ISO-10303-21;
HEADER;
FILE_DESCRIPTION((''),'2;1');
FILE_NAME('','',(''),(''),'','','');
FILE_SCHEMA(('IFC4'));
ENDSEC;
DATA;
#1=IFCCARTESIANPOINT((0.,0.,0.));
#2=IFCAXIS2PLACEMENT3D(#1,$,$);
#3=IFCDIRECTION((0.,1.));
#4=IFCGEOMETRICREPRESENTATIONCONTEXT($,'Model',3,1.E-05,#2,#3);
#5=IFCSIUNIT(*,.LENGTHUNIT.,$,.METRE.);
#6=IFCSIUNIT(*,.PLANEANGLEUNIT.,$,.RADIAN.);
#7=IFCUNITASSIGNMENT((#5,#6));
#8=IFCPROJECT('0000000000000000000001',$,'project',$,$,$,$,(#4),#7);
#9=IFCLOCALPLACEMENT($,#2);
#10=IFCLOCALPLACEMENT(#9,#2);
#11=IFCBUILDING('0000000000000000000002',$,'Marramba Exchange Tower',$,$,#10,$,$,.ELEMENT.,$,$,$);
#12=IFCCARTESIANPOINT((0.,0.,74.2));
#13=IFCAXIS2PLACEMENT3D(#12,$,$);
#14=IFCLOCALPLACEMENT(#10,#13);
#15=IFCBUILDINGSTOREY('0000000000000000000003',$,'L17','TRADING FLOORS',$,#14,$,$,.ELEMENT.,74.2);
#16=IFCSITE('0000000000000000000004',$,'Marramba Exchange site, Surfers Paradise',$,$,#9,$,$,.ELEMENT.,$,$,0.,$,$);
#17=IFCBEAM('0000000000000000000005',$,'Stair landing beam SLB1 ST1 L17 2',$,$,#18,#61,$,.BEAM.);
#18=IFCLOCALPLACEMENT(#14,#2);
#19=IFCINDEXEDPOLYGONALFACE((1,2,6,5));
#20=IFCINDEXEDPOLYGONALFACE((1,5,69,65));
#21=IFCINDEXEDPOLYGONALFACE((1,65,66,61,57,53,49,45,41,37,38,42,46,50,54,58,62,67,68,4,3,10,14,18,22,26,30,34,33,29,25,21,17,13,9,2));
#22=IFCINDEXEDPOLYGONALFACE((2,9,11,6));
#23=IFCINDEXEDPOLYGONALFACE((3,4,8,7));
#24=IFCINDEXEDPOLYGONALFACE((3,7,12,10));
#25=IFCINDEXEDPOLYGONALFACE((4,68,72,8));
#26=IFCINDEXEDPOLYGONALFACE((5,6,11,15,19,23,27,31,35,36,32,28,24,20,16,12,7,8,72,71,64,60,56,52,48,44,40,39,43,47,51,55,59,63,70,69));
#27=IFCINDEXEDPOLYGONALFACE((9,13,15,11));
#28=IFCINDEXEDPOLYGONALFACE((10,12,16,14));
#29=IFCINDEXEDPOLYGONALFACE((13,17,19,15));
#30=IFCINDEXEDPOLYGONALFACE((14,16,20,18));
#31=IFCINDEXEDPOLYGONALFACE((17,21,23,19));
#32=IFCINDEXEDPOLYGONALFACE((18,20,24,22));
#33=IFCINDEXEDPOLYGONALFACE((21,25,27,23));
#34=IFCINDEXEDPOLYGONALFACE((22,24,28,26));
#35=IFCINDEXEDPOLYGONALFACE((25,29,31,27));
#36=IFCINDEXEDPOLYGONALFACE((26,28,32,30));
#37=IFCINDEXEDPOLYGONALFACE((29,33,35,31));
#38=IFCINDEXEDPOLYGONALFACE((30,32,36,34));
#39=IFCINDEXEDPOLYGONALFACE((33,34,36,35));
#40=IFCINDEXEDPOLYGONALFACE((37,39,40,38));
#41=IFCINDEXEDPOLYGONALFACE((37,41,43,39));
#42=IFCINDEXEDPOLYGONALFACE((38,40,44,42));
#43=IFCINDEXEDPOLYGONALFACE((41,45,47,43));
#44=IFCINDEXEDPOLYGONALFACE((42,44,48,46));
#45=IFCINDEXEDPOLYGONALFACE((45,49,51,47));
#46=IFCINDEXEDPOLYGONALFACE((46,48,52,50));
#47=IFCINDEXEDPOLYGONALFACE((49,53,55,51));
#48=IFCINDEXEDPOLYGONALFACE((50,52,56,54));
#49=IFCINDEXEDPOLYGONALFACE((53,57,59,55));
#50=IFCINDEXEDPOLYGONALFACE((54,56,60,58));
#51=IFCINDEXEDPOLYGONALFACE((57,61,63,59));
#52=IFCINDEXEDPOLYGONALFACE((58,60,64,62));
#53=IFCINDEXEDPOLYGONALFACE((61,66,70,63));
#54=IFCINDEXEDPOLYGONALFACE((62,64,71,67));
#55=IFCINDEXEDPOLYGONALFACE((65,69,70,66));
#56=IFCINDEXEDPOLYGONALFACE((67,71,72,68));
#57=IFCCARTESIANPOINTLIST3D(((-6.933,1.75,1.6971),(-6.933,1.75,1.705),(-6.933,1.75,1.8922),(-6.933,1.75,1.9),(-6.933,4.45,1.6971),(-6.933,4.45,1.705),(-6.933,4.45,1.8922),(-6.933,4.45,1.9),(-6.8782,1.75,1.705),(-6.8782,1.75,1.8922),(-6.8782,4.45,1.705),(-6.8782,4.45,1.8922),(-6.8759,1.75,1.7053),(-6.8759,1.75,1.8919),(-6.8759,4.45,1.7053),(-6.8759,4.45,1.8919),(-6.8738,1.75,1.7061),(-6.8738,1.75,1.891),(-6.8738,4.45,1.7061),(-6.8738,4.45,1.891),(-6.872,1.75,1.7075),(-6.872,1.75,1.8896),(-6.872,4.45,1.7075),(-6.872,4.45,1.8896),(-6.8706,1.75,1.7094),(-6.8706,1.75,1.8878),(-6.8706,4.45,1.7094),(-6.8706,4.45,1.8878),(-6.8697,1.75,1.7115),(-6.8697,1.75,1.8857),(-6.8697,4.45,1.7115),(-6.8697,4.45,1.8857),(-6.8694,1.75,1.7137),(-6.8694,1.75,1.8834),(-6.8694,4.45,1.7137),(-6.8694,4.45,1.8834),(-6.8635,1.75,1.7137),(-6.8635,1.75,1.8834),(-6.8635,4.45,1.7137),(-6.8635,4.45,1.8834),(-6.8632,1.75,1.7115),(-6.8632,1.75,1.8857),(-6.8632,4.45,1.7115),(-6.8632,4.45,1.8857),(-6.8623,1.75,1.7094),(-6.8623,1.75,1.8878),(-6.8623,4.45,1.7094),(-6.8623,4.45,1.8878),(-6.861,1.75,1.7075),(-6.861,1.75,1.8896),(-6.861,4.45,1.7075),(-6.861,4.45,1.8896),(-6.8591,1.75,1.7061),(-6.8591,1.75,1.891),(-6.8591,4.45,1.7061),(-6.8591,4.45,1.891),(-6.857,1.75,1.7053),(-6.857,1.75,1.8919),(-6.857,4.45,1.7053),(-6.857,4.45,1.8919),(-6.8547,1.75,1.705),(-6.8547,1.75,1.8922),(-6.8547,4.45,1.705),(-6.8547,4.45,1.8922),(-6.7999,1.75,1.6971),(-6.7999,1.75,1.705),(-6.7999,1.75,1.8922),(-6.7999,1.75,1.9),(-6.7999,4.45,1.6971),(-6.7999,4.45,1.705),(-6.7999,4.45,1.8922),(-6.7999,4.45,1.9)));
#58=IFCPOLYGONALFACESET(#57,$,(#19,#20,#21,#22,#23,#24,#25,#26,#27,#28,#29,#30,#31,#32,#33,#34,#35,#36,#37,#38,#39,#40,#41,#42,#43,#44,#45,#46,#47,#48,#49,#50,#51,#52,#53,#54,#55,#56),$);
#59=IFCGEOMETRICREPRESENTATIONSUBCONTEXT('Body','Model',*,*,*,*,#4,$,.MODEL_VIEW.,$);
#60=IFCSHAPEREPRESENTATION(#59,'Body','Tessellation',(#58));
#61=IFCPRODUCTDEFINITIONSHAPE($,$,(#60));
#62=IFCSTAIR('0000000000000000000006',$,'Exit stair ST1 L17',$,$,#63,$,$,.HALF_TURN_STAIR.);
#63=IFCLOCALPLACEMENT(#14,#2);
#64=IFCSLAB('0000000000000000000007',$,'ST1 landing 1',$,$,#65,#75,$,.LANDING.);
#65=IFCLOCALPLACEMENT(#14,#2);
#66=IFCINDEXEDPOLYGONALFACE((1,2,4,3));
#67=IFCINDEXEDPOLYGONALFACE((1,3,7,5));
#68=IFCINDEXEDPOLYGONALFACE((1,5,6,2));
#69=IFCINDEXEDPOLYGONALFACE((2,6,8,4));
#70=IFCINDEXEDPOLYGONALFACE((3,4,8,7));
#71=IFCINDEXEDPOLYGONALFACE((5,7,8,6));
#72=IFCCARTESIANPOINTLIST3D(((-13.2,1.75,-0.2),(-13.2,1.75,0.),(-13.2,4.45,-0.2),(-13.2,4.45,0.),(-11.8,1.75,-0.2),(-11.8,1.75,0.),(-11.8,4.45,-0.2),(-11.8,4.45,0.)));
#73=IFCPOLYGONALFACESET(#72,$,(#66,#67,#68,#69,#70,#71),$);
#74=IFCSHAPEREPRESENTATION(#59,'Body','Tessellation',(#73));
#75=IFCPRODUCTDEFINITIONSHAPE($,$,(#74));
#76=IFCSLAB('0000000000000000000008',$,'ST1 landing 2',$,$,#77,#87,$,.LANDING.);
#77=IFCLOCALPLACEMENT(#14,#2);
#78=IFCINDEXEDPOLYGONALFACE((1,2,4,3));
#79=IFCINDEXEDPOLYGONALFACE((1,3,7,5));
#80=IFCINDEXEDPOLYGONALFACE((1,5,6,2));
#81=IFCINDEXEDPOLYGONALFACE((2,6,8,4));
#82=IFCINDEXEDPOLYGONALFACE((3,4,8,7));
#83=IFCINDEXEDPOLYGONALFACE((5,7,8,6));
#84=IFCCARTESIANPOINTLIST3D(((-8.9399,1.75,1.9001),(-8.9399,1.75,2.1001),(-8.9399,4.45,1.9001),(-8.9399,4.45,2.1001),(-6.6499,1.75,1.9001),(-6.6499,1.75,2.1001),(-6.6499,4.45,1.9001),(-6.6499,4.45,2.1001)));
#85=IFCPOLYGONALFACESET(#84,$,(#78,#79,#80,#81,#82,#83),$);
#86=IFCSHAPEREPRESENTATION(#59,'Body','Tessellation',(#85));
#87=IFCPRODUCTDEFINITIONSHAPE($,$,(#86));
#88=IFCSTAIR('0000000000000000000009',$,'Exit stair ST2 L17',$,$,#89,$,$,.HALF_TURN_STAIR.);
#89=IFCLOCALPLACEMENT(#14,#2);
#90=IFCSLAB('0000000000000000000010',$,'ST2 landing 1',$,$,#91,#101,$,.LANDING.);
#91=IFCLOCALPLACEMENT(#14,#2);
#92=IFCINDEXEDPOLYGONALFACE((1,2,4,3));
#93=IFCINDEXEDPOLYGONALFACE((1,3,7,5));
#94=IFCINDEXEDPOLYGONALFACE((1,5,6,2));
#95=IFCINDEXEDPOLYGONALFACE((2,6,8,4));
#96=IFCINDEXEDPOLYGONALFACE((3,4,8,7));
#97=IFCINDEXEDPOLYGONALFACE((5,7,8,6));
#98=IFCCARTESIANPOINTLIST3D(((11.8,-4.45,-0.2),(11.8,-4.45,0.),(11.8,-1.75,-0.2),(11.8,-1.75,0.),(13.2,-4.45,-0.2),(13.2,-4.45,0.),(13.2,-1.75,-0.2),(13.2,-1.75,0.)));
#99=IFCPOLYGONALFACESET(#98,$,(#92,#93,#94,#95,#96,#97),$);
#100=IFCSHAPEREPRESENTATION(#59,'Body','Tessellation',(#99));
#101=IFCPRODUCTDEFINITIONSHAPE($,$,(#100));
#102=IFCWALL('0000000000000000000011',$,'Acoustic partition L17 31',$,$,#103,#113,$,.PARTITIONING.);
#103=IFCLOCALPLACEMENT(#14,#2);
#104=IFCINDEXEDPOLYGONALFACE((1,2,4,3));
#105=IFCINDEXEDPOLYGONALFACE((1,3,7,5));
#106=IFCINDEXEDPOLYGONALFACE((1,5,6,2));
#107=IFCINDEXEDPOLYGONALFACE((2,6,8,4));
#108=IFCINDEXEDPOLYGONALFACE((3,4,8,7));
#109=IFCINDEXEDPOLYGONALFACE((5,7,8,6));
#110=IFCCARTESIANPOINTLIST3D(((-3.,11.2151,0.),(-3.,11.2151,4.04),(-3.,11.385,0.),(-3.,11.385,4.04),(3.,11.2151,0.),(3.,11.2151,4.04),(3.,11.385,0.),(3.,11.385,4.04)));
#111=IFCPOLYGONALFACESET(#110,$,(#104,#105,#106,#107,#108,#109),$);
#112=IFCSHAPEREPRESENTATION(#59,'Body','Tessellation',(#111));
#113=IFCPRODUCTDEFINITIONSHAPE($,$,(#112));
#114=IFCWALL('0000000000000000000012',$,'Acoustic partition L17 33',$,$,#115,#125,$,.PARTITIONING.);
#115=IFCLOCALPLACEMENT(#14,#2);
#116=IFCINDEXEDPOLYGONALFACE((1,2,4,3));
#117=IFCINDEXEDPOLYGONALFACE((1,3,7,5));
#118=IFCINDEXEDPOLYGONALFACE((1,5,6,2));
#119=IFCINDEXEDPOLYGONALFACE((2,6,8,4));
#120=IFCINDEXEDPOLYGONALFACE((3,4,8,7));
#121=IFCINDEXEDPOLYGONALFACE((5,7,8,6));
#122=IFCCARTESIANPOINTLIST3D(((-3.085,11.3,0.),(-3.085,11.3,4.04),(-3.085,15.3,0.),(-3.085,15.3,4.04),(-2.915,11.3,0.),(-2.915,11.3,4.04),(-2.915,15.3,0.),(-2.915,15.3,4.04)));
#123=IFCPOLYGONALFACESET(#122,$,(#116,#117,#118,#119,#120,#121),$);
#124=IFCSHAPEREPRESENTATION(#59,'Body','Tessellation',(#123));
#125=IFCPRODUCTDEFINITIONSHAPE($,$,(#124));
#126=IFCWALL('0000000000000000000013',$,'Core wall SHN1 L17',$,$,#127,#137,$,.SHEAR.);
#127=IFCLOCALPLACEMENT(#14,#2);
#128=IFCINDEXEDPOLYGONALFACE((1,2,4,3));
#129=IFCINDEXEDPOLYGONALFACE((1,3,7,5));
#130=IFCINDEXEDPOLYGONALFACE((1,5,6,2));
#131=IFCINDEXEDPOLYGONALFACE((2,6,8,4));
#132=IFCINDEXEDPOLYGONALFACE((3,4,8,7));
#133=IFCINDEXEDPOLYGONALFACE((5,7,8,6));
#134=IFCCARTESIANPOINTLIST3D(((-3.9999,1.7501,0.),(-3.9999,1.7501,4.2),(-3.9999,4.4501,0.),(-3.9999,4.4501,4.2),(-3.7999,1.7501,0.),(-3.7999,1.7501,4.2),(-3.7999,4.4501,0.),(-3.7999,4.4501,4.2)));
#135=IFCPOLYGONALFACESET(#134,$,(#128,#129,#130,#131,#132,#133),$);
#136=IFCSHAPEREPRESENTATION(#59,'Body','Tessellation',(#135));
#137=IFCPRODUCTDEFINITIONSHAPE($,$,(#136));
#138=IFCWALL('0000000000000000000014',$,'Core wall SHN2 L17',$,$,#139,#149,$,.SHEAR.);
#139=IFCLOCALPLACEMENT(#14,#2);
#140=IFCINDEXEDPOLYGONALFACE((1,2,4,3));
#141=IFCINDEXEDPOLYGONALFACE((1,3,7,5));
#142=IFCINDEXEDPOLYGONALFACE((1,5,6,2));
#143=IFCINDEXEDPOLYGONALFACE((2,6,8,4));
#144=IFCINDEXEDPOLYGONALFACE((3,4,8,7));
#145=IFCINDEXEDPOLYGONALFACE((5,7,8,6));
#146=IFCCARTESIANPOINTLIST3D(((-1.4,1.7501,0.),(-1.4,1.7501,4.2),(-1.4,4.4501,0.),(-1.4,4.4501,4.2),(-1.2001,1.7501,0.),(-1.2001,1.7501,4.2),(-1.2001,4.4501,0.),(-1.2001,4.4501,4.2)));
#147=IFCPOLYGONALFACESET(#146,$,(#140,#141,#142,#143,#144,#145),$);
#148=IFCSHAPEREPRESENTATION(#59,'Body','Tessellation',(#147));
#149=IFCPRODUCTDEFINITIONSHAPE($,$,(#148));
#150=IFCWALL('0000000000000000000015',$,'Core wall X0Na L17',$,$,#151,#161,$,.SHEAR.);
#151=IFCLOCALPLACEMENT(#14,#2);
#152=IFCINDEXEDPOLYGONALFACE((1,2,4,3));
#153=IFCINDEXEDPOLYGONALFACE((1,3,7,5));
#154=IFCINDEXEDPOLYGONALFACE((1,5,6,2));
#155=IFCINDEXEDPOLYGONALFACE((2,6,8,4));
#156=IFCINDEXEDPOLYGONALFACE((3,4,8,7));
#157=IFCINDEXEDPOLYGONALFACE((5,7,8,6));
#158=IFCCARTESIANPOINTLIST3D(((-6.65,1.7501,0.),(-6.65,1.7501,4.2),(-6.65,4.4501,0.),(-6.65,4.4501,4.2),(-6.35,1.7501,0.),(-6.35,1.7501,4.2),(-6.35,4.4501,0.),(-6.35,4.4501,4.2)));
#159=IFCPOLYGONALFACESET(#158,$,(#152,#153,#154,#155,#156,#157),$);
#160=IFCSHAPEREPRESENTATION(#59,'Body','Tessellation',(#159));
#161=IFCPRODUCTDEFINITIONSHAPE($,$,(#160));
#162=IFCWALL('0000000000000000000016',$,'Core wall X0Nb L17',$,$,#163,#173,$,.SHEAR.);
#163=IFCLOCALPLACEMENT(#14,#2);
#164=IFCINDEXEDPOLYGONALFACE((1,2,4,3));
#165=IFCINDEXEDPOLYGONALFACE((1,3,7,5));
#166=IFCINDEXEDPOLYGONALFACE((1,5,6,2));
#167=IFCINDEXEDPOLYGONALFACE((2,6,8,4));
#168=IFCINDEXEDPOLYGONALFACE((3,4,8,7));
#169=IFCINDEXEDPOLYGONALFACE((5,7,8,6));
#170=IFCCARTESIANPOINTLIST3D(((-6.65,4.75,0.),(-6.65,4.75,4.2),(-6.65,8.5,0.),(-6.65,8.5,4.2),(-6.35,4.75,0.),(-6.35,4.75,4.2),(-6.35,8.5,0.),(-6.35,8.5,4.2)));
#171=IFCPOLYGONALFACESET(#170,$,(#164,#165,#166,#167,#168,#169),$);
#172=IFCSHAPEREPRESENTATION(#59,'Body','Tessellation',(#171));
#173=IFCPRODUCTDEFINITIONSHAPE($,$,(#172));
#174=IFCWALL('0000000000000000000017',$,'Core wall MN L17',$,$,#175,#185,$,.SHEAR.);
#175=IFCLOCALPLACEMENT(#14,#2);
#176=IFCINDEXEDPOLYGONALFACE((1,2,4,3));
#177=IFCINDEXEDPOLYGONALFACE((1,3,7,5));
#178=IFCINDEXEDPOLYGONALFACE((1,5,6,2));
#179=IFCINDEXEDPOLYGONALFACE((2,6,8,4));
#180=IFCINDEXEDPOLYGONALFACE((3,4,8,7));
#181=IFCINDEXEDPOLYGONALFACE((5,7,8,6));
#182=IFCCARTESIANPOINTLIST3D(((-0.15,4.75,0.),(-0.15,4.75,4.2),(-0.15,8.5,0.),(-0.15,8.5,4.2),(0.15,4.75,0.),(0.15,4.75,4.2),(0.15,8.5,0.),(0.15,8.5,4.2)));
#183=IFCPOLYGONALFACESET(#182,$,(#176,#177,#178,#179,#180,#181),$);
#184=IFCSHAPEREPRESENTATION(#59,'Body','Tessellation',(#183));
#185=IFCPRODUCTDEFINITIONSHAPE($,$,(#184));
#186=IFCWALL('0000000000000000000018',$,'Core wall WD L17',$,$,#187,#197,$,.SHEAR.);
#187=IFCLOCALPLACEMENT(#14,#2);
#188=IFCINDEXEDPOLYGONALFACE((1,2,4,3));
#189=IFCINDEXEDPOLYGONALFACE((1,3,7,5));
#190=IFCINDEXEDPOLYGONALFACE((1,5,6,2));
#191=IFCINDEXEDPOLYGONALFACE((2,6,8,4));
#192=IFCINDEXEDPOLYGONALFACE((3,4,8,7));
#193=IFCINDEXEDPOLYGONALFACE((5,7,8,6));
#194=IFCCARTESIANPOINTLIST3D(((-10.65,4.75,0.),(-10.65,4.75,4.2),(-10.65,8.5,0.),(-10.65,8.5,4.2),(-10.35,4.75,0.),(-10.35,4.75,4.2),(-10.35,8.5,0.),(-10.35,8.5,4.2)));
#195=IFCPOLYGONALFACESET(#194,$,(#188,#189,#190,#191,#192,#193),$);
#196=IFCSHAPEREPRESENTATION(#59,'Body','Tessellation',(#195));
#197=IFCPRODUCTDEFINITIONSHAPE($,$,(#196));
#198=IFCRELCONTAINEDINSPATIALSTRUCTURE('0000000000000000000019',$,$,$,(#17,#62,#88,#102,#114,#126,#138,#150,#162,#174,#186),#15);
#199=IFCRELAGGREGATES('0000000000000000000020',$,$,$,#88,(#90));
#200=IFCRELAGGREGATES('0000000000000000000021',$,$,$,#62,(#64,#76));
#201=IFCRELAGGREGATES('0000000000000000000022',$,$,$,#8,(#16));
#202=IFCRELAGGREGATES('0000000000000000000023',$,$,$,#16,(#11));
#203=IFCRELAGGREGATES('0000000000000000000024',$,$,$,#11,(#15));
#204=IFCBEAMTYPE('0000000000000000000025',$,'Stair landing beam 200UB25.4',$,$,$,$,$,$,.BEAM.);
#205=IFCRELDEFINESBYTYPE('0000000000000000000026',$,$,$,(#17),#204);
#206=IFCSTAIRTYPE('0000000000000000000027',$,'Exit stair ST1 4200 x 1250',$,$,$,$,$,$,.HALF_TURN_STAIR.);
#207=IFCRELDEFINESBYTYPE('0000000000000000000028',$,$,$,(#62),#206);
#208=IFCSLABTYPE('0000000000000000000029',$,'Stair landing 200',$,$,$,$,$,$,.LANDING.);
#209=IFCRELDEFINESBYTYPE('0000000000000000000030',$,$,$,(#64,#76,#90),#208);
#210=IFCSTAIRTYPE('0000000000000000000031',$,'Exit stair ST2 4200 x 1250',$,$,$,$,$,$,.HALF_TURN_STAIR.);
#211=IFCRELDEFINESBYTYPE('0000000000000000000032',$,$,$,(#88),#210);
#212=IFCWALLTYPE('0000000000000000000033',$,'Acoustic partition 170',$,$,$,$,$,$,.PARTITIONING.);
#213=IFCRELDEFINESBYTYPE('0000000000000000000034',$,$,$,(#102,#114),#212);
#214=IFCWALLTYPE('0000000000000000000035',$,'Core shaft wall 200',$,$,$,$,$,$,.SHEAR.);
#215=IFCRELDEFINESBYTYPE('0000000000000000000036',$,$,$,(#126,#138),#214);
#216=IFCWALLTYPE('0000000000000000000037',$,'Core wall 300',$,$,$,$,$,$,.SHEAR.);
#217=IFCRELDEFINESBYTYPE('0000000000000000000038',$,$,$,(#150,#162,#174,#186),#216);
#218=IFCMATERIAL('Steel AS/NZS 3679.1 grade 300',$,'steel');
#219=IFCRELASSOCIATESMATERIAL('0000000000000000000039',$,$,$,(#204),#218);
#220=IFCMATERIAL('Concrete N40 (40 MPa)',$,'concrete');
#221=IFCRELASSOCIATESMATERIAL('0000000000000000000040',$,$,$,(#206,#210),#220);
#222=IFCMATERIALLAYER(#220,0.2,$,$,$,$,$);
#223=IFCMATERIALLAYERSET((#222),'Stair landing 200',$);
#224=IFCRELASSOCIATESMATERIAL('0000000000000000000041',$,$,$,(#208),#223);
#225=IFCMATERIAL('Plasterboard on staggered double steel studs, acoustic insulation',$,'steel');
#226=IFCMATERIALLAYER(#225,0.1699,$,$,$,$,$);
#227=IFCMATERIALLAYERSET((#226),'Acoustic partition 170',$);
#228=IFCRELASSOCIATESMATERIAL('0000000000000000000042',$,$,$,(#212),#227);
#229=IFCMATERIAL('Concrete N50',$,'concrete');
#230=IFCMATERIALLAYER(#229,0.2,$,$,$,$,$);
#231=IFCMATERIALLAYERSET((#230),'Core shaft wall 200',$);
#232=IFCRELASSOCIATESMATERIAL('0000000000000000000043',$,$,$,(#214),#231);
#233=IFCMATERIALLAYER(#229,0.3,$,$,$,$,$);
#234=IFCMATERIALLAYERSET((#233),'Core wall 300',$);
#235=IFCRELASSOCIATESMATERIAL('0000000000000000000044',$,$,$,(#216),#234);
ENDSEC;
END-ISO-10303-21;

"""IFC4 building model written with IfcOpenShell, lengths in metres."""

from ifc_helpers import new_model, si_unit, direction, frame, frame_2d, origin, origin_2d, place, context, subcontext, project, spatial, polyline, rectangle, i_section, outline, extrude, material, layer, layer_set, material_profile, profile_set, type_object, element, aggregate, save


model = new_model("IFC4")

# Units and contexts
model_context = context("Model", 3, precision=1e-05, world=origin(), true_north=direction((0.0, 1.0)))
body_context = subcontext(model_context, "Body", "Model", "MODEL_VIEW")
ifc_project = project(units=[si_unit("LENGTHUNIT", "METRE"), si_unit("PLANEANGLEUNIT", "RADIAN")], contexts=[model_context])

# Site, building, storey
site_placement = place(None, origin())
site = spatial("IfcSite", under=ifc_project, at=site_placement, Name="Marramba Exchange site, Surfers Paradise", CompositionType="ELEMENT", RefElevation=0.0)
building_placement = place(site_placement, origin())
building = spatial("IfcBuilding", under=site, at=building_placement, Name="Marramba Exchange Tower", CompositionType="ELEMENT")
storey_placement = place(building_placement, frame((0.0, 0.0, 74.2)))
storey = spatial("IfcBuildingStorey", under=building, at=storey_placement, Name="L17", Description="TRADING FLOORS", CompositionType="ELEMENT", Elevation=74.2)

# Beam
ifc_material_1 = material(Name="Steel AS/NZS 3679.1 grade 300", Category="steel")
ifc_material_profile_1 = material_profile(ifc_material_1, i_section(OverallWidth=0.1331, OverallDepth=0.2029, WebThickness=0.0059, FlangeThickness=0.0078, FilletRadius=0.0088, at=origin_2d()), Name="200UB25.4")
ifc_profile_set_1 = profile_set([ifc_material_profile_1], Name="Steel AS/NZS 3679.1 grade 300")
beam_type_1 = type_object("IfcBeamType", Name="Stair landing beam 200UB25.4", PredefinedType="BEAM", material=ifc_profile_set_1)
for number, where, z_axis, x_axis, name in (
    (1, (-6.8665, 1.75, 1.7986), (0.0, 1.0, 0.0), (-1.0, 0.0, 0.0), "Stair landing beam SLB1 ST1 L17 2"),
):
    element("IfcBeam", number, at=place(storey_placement, frame(where, z_axis=z_axis, x_axis=x_axis)), inside=storey, type_object=beam_type_1, Name=name, PredefinedType="BEAM", context=body_context, shape_type="SweptSolid", body=[
        extrude(i_section(OverallWidth=0.1331, OverallDepth=0.2029, WebThickness=0.0059, FlangeThickness=0.0078, FilletRadius=0.0088, at=origin_2d()), origin(), (0.0, 0.0, 1.0), 2.7),
    ])

# Stair, slabs
ifc_material_2 = material(Name="Concrete N40 (40 MPa)", Category="concrete")
stair_type_1 = type_object("IfcStairType", Name="Exit stair ST1 4200 x 1250", PredefinedType="HALF_TURN_STAIR", material=ifc_material_2)
stair_1_placement = place(storey_placement, origin())
stair_1 = element("IfcStair", 2, at=stair_1_placement, inside=storey, type_object=stair_type_1, Name="Exit stair ST1 L17", PredefinedType="HALF_TURN_STAIR")
ifc_layer_1 = layer(ifc_material_2, 0.2)
ifc_layer_set_1 = layer_set([ifc_layer_1], Name="Stair landing 200")
slab_type = type_object("IfcSlabType", Name="Stair landing 200", PredefinedType="LANDING", material=ifc_layer_set_1)
slab_1_placement = place(storey_placement, frame((0.0, 0.0, -0.2)))
slab_1 = element("IfcSlab", 3, at=slab_1_placement, type_object=slab_type, Name="ST1 landing 1", PredefinedType="LANDING", context=body_context, shape_type="SweptSolid", body=[
    extrude(outline(polyline([(-13.2, 1.75), (-11.8, 1.75), (-11.8, 4.45), (-13.2, 4.45), (-13.2, 1.75)])), origin(), (0.0, 0.0, 1.0), 0.2),
])
slab_2_placement = place(storey_placement, frame((0.0, 0.0, 1.9001)))
slab_2 = element("IfcSlab", 4, at=slab_2_placement, type_object=slab_type, Name="ST1 landing 2", PredefinedType="LANDING", context=body_context, shape_type="SweptSolid", body=[
    extrude(outline(polyline([(-8.9399, 1.75), (-6.6499, 1.75), (-6.6499, 4.45), (-8.9399, 4.45), (-8.9399, 1.75)])), origin(), (0.0, 0.0, 1.0), 0.2),
])

# Stair, slab
stair_type_2 = type_object("IfcStairType", Name="Exit stair ST2 4200 x 1250", PredefinedType="HALF_TURN_STAIR", material=ifc_material_2)
stair_2_placement = place(storey_placement, origin())
stair_2 = element("IfcStair", 5, at=stair_2_placement, inside=storey, type_object=stair_type_2, Name="Exit stair ST2 L17", PredefinedType="HALF_TURN_STAIR")
slab_3_placement = place(storey_placement, frame((0.0, 0.0, -0.2)))
slab_3 = element("IfcSlab", 6, at=slab_3_placement, type_object=slab_type, Name="ST2 landing 1", PredefinedType="LANDING", context=body_context, shape_type="SweptSolid", body=[
    extrude(outline(polyline([(11.8, -4.45), (13.2, -4.45), (13.2, -1.75), (11.8, -1.75), (11.8, -4.45)])), origin(), (0.0, 0.0, 1.0), 0.2),
])
aggregate(stair_2, [slab_3])

# Walls
ifc_material_3 = material(Name="Plasterboard on staggered double steel studs, acoustic insulation", Category="steel")
ifc_layer_2 = layer(ifc_material_3, 0.1699)
ifc_layer_set_2 = layer_set([ifc_layer_2], Name="Acoustic partition 170")
wall_type_1 = type_object("IfcWallType", Name="Acoustic partition 170", PredefinedType="PARTITIONING", material=ifc_layer_set_2)
wall_1_placement = place(storey_placement, frame((-3.0, 11.3, 0.0), z_axis=(0.0, 0.0, 1.0), x_axis=(1.0, 0.0, 0.0)))
element("IfcWall", 7, at=wall_1_placement, inside=storey, type_object=wall_type_1, Name="Acoustic partition L17 31", PredefinedType="PARTITIONING", context=body_context, shape_type="SweptSolid", body=[
    extrude(rectangle(XDim=6.0, YDim=0.1699, at=frame_2d((3.0, 0.0))), origin(), (0.0, 0.0, 1.0), 4.04),
])
wall_2_placement = place(storey_placement, frame((-3.0, 15.3, 0.0), z_axis=(0.0, 0.0, 1.0), x_axis=(0.0, -1.0, 0.0)))
element("IfcWall", 8, at=wall_2_placement, inside=storey, type_object=wall_type_1, Name="Acoustic partition L17 33", PredefinedType="PARTITIONING", context=body_context, shape_type="SweptSolid", body=[
    extrude(rectangle(XDim=4.0, YDim=0.1699, at=frame_2d((2.0, 0.0))), origin(), (0.0, 0.0, 1.0), 4.04),
])
ifc_material_4 = material(Name="Concrete N50", Category="concrete")
ifc_layer_3 = layer(ifc_material_4, 0.2)
ifc_layer_set_3 = layer_set([ifc_layer_3], Name="Core shaft wall 200")
wall_type_2 = type_object("IfcWallType", Name="Core shaft wall 200", PredefinedType="SHEAR", material=ifc_layer_set_3)
for number, where, z_axis, x_axis, name in (
    (9, (-3.8999, 1.75, 0.0), (0.0, 0.0, 1.0), (0.0, 1.0, 0.0), "Core wall SHN1 L17"),
    (10, (-1.3, 1.75, 0.0), (0.0, 0.0, 1.0), (0.0, 1.0, 0.0), "Core wall SHN2 L17"),
):
    element("IfcWall", number, at=place(storey_placement, frame(where, z_axis=z_axis, x_axis=x_axis)), inside=storey, type_object=wall_type_2, Name=name, PredefinedType="SHEAR", context=body_context, shape_type="SweptSolid", body=[
        extrude(rectangle(XDim=2.7, YDim=0.2, at=frame_2d((1.3501, 0.0))), origin(), (0.0, 0.0, 1.0), 4.2),
    ])
ifc_layer_4 = layer(ifc_material_4, 0.3)
ifc_layer_set_4 = layer_set([ifc_layer_4], Name="Core wall 300")
wall_type_3 = type_object("IfcWallType", Name="Core wall 300", PredefinedType="SHEAR", material=ifc_layer_set_4)
wall_3_placement = place(storey_placement, frame((-6.5, 1.75, 0.0), z_axis=(0.0, 0.0, 1.0), x_axis=(0.0, 1.0, 0.0)))
element("IfcWall", 11, at=wall_3_placement, inside=storey, type_object=wall_type_3, Name="Core wall X0Na L17", PredefinedType="SHEAR", context=body_context, shape_type="SweptSolid", body=[
    extrude(rectangle(XDim=2.7, YDim=0.3, at=frame_2d((1.3501, 0.0))), origin(), (0.0, 0.0, 1.0), 4.2),
])
for number, where, z_axis, x_axis, name in (
    (12, (-6.5, 4.75, 0.0), (0.0, 0.0, 1.0), (0.0, 1.0, 0.0), "Core wall X0Nb L17"),
    (13, (0.0, 4.75, 0.0), (0.0, 0.0, 1.0), (0.0, 1.0, 0.0), "Core wall MN L17"),
    (14, (-10.5, 4.75, 0.0), (0.0, 0.0, 1.0), (0.0, 1.0, 0.0), "Core wall WD L17"),
):
    element("IfcWall", number, at=place(storey_placement, frame(where, z_axis=z_axis, x_axis=x_axis)), inside=storey, type_object=wall_type_3, Name=name, PredefinedType="SHEAR", context=body_context, shape_type="SweptSolid", body=[
        extrude(rectangle(XDim=3.75, YDim=0.3, at=frame_2d((1.875, 0.0))), origin(), (0.0, 0.0, 1.0), 4.2),
    ])

aggregate(stair_1, [slab_1, slab_2])

save(model, "model.ifc")
